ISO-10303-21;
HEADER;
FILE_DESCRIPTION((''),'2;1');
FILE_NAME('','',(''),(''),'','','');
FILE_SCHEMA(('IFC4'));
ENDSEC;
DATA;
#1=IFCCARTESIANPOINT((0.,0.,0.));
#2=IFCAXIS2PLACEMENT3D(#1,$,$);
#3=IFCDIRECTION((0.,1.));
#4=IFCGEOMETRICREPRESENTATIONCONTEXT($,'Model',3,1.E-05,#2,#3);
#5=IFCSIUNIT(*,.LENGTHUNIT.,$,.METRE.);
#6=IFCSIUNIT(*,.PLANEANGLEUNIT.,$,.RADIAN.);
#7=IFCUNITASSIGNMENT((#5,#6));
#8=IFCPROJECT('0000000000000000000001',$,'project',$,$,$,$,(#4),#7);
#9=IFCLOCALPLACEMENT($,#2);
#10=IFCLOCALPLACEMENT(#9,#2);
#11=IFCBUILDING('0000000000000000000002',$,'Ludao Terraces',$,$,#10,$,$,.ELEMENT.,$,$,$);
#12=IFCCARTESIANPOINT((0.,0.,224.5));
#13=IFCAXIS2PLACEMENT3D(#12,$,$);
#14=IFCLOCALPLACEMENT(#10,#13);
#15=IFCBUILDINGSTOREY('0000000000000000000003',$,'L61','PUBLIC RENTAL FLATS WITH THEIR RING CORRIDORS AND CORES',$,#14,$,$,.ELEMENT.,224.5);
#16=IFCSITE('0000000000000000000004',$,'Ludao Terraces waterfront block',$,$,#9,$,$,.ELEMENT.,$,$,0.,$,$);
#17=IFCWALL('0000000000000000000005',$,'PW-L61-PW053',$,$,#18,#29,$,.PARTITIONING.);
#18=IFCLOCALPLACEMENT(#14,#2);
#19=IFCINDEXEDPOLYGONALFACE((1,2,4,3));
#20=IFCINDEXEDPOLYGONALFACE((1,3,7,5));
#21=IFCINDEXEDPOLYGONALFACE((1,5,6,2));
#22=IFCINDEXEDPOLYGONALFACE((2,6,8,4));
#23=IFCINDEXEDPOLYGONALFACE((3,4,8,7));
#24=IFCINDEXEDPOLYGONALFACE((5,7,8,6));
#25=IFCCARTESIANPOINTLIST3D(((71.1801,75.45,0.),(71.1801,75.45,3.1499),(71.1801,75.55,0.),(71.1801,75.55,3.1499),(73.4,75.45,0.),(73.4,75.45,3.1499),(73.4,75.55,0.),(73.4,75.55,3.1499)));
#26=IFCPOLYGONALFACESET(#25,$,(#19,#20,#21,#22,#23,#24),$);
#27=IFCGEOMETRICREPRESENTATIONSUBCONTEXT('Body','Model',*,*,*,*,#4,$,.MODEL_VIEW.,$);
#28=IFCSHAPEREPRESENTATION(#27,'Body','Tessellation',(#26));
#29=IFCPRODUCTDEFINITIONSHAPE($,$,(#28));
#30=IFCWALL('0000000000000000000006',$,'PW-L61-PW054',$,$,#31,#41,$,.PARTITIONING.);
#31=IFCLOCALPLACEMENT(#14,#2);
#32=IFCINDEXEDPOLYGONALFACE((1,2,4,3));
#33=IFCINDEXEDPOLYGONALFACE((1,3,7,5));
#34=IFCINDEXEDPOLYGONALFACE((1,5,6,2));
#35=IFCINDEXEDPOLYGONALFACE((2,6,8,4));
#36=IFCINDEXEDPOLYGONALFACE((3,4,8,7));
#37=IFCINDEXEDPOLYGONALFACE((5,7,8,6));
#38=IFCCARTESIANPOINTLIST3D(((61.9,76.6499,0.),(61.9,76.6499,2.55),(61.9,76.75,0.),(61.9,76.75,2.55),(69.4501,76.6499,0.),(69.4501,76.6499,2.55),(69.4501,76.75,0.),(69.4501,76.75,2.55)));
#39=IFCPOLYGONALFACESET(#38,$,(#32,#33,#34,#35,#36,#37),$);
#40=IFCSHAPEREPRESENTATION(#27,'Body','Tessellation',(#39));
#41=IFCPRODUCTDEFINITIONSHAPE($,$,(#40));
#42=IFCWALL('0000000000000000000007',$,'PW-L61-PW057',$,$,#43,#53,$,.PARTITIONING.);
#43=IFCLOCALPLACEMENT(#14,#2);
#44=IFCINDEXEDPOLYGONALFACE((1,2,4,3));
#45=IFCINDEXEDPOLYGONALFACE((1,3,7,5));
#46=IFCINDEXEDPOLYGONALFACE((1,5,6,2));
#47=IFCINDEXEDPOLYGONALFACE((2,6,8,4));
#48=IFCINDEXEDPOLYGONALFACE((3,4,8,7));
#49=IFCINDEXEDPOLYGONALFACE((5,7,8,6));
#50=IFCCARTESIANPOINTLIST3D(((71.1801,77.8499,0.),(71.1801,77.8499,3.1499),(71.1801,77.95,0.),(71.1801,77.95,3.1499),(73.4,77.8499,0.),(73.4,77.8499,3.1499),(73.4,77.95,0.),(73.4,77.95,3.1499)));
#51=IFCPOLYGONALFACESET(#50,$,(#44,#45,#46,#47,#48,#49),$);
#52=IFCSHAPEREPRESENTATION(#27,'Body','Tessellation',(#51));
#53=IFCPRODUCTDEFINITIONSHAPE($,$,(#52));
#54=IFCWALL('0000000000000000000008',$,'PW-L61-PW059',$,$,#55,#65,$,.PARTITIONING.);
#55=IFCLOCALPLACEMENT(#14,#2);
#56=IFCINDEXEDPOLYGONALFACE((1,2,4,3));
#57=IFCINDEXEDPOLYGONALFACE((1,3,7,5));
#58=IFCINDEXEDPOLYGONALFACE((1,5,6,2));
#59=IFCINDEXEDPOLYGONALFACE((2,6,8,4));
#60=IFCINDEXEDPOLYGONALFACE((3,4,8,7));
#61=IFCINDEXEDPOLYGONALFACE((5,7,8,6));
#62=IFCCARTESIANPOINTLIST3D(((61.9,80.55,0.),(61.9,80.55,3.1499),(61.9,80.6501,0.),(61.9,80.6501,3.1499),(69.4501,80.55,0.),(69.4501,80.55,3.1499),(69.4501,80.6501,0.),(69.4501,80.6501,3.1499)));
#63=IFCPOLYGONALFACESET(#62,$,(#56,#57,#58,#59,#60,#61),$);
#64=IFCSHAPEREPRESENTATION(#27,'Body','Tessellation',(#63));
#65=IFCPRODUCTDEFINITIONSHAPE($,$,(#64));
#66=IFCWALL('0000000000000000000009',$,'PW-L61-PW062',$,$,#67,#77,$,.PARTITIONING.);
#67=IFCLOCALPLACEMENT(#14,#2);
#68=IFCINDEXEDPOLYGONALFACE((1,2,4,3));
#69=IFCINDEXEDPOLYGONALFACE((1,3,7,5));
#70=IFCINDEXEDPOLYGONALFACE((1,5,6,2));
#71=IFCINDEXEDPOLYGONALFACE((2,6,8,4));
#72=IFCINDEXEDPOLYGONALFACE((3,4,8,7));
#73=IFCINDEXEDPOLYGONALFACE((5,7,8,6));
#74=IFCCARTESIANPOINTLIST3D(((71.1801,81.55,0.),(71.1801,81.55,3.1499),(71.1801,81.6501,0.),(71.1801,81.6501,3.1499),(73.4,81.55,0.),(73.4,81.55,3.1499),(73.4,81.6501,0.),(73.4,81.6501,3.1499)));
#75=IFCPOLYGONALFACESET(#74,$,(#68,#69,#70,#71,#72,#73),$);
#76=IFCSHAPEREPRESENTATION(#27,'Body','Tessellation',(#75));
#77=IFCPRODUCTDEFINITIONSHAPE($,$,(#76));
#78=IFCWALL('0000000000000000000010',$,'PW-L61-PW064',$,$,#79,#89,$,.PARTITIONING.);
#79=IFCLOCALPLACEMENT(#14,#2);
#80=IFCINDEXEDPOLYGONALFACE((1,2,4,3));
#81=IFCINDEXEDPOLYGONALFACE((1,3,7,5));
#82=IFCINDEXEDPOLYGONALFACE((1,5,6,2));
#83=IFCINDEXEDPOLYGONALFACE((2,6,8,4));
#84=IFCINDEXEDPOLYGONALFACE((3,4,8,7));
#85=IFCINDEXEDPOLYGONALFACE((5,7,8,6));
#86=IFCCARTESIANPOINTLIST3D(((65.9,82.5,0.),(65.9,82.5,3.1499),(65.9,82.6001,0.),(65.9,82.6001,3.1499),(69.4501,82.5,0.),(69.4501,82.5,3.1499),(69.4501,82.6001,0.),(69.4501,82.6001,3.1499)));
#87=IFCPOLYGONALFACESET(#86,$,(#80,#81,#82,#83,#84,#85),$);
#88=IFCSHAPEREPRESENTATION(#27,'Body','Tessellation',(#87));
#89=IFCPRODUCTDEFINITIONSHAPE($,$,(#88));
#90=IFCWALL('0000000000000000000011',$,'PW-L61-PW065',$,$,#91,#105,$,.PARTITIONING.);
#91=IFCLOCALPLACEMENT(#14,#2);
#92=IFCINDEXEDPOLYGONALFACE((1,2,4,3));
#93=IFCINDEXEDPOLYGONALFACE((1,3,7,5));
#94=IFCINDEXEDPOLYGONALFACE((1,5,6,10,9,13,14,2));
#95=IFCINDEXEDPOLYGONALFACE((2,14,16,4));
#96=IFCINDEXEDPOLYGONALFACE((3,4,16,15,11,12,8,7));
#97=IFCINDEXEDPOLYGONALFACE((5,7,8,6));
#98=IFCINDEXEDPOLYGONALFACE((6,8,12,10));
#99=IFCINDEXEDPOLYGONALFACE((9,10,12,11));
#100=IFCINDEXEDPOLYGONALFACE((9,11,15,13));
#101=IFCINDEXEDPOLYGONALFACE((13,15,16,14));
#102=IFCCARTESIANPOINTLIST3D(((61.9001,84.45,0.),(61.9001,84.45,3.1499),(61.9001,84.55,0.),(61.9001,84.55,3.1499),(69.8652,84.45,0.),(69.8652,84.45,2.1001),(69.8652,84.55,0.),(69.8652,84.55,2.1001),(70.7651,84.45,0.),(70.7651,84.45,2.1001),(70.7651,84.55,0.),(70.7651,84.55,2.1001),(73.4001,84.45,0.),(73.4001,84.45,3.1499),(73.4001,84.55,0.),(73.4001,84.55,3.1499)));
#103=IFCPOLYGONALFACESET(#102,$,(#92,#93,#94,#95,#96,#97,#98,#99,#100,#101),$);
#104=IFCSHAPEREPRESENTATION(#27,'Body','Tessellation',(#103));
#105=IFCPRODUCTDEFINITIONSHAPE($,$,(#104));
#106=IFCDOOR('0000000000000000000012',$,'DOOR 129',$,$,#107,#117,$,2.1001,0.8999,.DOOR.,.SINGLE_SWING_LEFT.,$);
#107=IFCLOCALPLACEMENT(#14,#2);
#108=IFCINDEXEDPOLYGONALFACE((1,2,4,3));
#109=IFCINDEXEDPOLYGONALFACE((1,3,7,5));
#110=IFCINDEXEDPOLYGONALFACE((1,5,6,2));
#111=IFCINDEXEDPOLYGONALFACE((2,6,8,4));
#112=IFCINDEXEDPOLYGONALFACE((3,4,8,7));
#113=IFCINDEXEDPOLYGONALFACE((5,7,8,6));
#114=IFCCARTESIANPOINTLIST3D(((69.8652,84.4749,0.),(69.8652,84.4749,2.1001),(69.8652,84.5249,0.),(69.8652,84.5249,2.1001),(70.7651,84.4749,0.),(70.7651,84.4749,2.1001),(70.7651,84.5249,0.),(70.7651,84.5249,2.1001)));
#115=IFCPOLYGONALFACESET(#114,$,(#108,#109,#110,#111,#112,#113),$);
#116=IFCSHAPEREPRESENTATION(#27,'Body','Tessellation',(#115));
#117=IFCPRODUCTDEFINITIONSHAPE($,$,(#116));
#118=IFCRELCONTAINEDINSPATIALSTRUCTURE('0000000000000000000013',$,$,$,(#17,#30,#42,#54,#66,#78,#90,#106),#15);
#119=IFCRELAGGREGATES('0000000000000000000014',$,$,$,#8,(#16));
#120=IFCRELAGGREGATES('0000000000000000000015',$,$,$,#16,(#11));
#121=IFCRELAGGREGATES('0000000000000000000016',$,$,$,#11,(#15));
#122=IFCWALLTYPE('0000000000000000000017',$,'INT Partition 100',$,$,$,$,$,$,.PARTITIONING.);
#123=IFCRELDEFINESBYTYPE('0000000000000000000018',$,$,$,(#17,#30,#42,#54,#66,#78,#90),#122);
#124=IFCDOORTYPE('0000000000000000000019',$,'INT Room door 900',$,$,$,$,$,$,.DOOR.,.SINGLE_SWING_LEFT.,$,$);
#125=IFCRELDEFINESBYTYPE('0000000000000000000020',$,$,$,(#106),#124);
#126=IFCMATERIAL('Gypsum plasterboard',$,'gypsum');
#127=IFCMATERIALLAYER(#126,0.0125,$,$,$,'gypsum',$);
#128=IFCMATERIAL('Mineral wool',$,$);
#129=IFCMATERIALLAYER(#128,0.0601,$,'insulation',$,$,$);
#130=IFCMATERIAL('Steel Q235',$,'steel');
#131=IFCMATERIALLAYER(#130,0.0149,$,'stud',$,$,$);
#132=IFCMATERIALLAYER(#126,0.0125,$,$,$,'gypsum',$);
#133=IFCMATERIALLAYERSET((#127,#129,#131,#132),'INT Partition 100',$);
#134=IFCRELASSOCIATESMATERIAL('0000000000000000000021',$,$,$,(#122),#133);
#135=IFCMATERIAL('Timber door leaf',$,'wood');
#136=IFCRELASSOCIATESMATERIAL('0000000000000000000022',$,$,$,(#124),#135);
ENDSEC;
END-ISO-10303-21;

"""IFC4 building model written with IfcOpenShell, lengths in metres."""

from ifc_helpers import new_model, si_unit, direction, frame, frame_2d, origin, place, context, subcontext, project, spatial, rectangle, extrude, material, layer, layer_set, type_object, element, fill, save


model = new_model("IFC4")

# Units and contexts
model_context = context("Model", 3, precision=1e-05, world=origin(), true_north=direction((0.0, 1.0)))
body_context = subcontext(model_context, "Body", "Model", "MODEL_VIEW")
ifc_project = project(units=[si_unit("LENGTHUNIT", "METRE"), si_unit("PLANEANGLEUNIT", "RADIAN")], contexts=[model_context])

# Site, building, storey
site_placement = place(None, origin())
site = spatial("IfcSite", under=ifc_project, at=site_placement, Name="Ludao Terraces waterfront block", CompositionType="ELEMENT", RefElevation=0.0)
building_placement = place(site_placement, origin())
building = spatial("IfcBuilding", under=site, at=building_placement, Name="Ludao Terraces", CompositionType="ELEMENT")
storey_placement = place(building_placement, frame((0.0, 0.0, 224.5)))
storey = spatial("IfcBuildingStorey", under=building, at=storey_placement, Name="L61", Description="PUBLIC RENTAL FLATS WITH THEIR RING CORRIDORS AND CORES", CompositionType="ELEMENT", Elevation=224.5)

# Shared definitions
ifc_material_1 = material(Name="Mineral wool")

# Walls
ifc_material_2 = material(Name="Gypsum plasterboard", Category="gypsum")
ifc_layer_1 = layer(ifc_material_2, 0.0125, Category="gypsum")
ifc_layer_2 = layer(ifc_material_1, 0.0601, Name="insulation")
ifc_material_3 = material(Name="Steel Q235", Category="steel")
ifc_layer_3 = layer(ifc_material_3, 0.0149, Name="stud")
ifc_layer_4 = layer(ifc_material_2, 0.0125, Category="gypsum")
ifc_layer_set_1 = layer_set([ifc_layer_1, ifc_layer_2, ifc_layer_3, ifc_layer_4], Name="INT Partition 100")
wall_type_1 = type_object("IfcWallType", Name="INT Partition 100", PredefinedType="PARTITIONING", material=ifc_layer_set_1)
wall_1_placement = place(storey_placement, frame((71.1802, 75.5, 0.0), z_axis=(0.0, 0.0, 1.0), x_axis=(1.0, 0.0, 0.0)))
element("IfcWall", 1, at=wall_1_placement, inside=storey, type_object=wall_type_1, Name="PW-L61-PW053", PredefinedType="PARTITIONING", context=body_context, shape_type="SweptSolid", body=[
    extrude(rectangle(XDim=2.22, YDim=0.1001, at=frame_2d((1.1099, 0.0))), origin(), (0.0, 0.0, 1.0), 3.1499),
])
wall_2_placement = place(storey_placement, frame((61.9001, 76.7, 0.0), z_axis=(0.0, 0.0, 1.0), x_axis=(1.0, 0.0, 0.0)))
element("IfcWall", 2, at=wall_2_placement, inside=storey, type_object=wall_type_1, Name="PW-L61-PW054", PredefinedType="PARTITIONING", context=body_context, shape_type="SweptSolid", body=[
    extrude(rectangle(XDim=7.55, YDim=0.1001, at=frame_2d((3.7749, 0.0))), origin(), (0.0, 0.0, 1.0), 2.55),
])
wall_3_placement = place(storey_placement, frame((71.1802, 77.8999, 0.0), z_axis=(0.0, 0.0, 1.0), x_axis=(1.0, 0.0, 0.0)))
element("IfcWall", 3, at=wall_3_placement, inside=storey, type_object=wall_type_1, Name="PW-L61-PW057", PredefinedType="PARTITIONING", context=body_context, shape_type="SweptSolid", body=[
    extrude(rectangle(XDim=2.22, YDim=0.1001, at=frame_2d((1.1099, 0.0))), origin(), (0.0, 0.0, 1.0), 3.1499),
])
wall_4_placement = place(storey_placement, frame((61.9001, 80.6001, 0.0), z_axis=(0.0, 0.0, 1.0), x_axis=(1.0, 0.0, 0.0)))
element("IfcWall", 4, at=wall_4_placement, inside=storey, type_object=wall_type_1, Name="PW-L61-PW059", PredefinedType="PARTITIONING", context=body_context, shape_type="SweptSolid", body=[
    extrude(rectangle(XDim=7.55, YDim=0.1001, at=frame_2d((3.7749, 0.0))), origin(), (0.0, 0.0, 1.0), 3.1499),
])
wall_5_placement = place(storey_placement, frame((71.1802, 81.6001, 0.0), z_axis=(0.0, 0.0, 1.0), x_axis=(1.0, 0.0, 0.0)))
element("IfcWall", 5, at=wall_5_placement, inside=storey, type_object=wall_type_1, Name="PW-L61-PW062", PredefinedType="PARTITIONING", context=body_context, shape_type="SweptSolid", body=[
    extrude(rectangle(XDim=2.22, YDim=0.1001, at=frame_2d((1.1099, 0.0))), origin(), (0.0, 0.0, 1.0), 3.1499),
])
wall_6_placement = place(storey_placement, frame((65.9001, 82.55, 0.0), z_axis=(0.0, 0.0, 1.0), x_axis=(1.0, 0.0, 0.0)))
element("IfcWall", 6, at=wall_6_placement, inside=storey, type_object=wall_type_1, Name="PW-L61-PW064", PredefinedType="PARTITIONING", context=body_context, shape_type="SweptSolid", body=[
    extrude(rectangle(XDim=3.55, YDim=0.1001, at=frame_2d((1.7749, 0.0))), origin(), (0.0, 0.0, 1.0), 3.1499),
])

# Wall, opening, door
wall_7_placement = place(storey_placement, frame((61.9001, 84.5, 0.0), z_axis=(0.0, 0.0, 1.0), x_axis=(1.0, 0.0, 0.0)))
wall_7 = element("IfcWall", 7, at=wall_7_placement, inside=storey, type_object=wall_type_1, Name="PW-L61-PW065", PredefinedType="PARTITIONING", context=body_context, shape_type="SweptSolid", body=[
    extrude(rectangle(XDim=11.5, YDim=0.1001, at=frame_2d((5.75, 0.0))), origin(), (0.0, 0.0, 1.0), 3.1499),
])
opening_1_placement = place(wall_7_placement, frame((7.9651, 0.0, 0.0)))
opening_1 = element("IfcOpeningElement", 8, at=opening_1_placement, cuts=wall_7, PredefinedType="OPENING", context=body_context, shape_type="SweptSolid", body=[
    extrude(rectangle(XDim=0.8999, YDim=2.1001, at=frame_2d((0.45, 1.05))), frame((0.0, 0.0601, 0.0), z_axis=(0.0, -1.0, 0.0), x_axis=(1.0, 0.0, 0.0)), (0.0, 0.0, 1.0), 0.1201),
])
ifc_material_4 = material(Name="Timber door leaf", Category="wood")
door_type = type_object("IfcDoorType", Name="INT Room door 900", OperationType="SINGLE_SWING_LEFT", PredefinedType="DOOR", material=ifc_material_4)
door_placement = place(opening_1_placement, origin())
door = element("IfcDoor", 9, at=door_placement, inside=storey, type_object=door_type, Name="DOOR 129", OperationType="SINGLE_SWING_LEFT", OverallHeight=2.1001, OverallWidth=0.8999, PredefinedType="DOOR", context=body_context, shape_type="SweptSolid", body=[
    extrude(rectangle(XDim=0.8999, YDim=2.1001, at=frame_2d((0.45, 1.05))), frame((0.0, 0.0249, 0.0), z_axis=(0.0, -1.0, 0.0), x_axis=(1.0, 0.0, 0.0)), (0.0, 0.0, 1.0), 0.05),
])
fill(opening_1, door)

save(model, "model.ifc")
